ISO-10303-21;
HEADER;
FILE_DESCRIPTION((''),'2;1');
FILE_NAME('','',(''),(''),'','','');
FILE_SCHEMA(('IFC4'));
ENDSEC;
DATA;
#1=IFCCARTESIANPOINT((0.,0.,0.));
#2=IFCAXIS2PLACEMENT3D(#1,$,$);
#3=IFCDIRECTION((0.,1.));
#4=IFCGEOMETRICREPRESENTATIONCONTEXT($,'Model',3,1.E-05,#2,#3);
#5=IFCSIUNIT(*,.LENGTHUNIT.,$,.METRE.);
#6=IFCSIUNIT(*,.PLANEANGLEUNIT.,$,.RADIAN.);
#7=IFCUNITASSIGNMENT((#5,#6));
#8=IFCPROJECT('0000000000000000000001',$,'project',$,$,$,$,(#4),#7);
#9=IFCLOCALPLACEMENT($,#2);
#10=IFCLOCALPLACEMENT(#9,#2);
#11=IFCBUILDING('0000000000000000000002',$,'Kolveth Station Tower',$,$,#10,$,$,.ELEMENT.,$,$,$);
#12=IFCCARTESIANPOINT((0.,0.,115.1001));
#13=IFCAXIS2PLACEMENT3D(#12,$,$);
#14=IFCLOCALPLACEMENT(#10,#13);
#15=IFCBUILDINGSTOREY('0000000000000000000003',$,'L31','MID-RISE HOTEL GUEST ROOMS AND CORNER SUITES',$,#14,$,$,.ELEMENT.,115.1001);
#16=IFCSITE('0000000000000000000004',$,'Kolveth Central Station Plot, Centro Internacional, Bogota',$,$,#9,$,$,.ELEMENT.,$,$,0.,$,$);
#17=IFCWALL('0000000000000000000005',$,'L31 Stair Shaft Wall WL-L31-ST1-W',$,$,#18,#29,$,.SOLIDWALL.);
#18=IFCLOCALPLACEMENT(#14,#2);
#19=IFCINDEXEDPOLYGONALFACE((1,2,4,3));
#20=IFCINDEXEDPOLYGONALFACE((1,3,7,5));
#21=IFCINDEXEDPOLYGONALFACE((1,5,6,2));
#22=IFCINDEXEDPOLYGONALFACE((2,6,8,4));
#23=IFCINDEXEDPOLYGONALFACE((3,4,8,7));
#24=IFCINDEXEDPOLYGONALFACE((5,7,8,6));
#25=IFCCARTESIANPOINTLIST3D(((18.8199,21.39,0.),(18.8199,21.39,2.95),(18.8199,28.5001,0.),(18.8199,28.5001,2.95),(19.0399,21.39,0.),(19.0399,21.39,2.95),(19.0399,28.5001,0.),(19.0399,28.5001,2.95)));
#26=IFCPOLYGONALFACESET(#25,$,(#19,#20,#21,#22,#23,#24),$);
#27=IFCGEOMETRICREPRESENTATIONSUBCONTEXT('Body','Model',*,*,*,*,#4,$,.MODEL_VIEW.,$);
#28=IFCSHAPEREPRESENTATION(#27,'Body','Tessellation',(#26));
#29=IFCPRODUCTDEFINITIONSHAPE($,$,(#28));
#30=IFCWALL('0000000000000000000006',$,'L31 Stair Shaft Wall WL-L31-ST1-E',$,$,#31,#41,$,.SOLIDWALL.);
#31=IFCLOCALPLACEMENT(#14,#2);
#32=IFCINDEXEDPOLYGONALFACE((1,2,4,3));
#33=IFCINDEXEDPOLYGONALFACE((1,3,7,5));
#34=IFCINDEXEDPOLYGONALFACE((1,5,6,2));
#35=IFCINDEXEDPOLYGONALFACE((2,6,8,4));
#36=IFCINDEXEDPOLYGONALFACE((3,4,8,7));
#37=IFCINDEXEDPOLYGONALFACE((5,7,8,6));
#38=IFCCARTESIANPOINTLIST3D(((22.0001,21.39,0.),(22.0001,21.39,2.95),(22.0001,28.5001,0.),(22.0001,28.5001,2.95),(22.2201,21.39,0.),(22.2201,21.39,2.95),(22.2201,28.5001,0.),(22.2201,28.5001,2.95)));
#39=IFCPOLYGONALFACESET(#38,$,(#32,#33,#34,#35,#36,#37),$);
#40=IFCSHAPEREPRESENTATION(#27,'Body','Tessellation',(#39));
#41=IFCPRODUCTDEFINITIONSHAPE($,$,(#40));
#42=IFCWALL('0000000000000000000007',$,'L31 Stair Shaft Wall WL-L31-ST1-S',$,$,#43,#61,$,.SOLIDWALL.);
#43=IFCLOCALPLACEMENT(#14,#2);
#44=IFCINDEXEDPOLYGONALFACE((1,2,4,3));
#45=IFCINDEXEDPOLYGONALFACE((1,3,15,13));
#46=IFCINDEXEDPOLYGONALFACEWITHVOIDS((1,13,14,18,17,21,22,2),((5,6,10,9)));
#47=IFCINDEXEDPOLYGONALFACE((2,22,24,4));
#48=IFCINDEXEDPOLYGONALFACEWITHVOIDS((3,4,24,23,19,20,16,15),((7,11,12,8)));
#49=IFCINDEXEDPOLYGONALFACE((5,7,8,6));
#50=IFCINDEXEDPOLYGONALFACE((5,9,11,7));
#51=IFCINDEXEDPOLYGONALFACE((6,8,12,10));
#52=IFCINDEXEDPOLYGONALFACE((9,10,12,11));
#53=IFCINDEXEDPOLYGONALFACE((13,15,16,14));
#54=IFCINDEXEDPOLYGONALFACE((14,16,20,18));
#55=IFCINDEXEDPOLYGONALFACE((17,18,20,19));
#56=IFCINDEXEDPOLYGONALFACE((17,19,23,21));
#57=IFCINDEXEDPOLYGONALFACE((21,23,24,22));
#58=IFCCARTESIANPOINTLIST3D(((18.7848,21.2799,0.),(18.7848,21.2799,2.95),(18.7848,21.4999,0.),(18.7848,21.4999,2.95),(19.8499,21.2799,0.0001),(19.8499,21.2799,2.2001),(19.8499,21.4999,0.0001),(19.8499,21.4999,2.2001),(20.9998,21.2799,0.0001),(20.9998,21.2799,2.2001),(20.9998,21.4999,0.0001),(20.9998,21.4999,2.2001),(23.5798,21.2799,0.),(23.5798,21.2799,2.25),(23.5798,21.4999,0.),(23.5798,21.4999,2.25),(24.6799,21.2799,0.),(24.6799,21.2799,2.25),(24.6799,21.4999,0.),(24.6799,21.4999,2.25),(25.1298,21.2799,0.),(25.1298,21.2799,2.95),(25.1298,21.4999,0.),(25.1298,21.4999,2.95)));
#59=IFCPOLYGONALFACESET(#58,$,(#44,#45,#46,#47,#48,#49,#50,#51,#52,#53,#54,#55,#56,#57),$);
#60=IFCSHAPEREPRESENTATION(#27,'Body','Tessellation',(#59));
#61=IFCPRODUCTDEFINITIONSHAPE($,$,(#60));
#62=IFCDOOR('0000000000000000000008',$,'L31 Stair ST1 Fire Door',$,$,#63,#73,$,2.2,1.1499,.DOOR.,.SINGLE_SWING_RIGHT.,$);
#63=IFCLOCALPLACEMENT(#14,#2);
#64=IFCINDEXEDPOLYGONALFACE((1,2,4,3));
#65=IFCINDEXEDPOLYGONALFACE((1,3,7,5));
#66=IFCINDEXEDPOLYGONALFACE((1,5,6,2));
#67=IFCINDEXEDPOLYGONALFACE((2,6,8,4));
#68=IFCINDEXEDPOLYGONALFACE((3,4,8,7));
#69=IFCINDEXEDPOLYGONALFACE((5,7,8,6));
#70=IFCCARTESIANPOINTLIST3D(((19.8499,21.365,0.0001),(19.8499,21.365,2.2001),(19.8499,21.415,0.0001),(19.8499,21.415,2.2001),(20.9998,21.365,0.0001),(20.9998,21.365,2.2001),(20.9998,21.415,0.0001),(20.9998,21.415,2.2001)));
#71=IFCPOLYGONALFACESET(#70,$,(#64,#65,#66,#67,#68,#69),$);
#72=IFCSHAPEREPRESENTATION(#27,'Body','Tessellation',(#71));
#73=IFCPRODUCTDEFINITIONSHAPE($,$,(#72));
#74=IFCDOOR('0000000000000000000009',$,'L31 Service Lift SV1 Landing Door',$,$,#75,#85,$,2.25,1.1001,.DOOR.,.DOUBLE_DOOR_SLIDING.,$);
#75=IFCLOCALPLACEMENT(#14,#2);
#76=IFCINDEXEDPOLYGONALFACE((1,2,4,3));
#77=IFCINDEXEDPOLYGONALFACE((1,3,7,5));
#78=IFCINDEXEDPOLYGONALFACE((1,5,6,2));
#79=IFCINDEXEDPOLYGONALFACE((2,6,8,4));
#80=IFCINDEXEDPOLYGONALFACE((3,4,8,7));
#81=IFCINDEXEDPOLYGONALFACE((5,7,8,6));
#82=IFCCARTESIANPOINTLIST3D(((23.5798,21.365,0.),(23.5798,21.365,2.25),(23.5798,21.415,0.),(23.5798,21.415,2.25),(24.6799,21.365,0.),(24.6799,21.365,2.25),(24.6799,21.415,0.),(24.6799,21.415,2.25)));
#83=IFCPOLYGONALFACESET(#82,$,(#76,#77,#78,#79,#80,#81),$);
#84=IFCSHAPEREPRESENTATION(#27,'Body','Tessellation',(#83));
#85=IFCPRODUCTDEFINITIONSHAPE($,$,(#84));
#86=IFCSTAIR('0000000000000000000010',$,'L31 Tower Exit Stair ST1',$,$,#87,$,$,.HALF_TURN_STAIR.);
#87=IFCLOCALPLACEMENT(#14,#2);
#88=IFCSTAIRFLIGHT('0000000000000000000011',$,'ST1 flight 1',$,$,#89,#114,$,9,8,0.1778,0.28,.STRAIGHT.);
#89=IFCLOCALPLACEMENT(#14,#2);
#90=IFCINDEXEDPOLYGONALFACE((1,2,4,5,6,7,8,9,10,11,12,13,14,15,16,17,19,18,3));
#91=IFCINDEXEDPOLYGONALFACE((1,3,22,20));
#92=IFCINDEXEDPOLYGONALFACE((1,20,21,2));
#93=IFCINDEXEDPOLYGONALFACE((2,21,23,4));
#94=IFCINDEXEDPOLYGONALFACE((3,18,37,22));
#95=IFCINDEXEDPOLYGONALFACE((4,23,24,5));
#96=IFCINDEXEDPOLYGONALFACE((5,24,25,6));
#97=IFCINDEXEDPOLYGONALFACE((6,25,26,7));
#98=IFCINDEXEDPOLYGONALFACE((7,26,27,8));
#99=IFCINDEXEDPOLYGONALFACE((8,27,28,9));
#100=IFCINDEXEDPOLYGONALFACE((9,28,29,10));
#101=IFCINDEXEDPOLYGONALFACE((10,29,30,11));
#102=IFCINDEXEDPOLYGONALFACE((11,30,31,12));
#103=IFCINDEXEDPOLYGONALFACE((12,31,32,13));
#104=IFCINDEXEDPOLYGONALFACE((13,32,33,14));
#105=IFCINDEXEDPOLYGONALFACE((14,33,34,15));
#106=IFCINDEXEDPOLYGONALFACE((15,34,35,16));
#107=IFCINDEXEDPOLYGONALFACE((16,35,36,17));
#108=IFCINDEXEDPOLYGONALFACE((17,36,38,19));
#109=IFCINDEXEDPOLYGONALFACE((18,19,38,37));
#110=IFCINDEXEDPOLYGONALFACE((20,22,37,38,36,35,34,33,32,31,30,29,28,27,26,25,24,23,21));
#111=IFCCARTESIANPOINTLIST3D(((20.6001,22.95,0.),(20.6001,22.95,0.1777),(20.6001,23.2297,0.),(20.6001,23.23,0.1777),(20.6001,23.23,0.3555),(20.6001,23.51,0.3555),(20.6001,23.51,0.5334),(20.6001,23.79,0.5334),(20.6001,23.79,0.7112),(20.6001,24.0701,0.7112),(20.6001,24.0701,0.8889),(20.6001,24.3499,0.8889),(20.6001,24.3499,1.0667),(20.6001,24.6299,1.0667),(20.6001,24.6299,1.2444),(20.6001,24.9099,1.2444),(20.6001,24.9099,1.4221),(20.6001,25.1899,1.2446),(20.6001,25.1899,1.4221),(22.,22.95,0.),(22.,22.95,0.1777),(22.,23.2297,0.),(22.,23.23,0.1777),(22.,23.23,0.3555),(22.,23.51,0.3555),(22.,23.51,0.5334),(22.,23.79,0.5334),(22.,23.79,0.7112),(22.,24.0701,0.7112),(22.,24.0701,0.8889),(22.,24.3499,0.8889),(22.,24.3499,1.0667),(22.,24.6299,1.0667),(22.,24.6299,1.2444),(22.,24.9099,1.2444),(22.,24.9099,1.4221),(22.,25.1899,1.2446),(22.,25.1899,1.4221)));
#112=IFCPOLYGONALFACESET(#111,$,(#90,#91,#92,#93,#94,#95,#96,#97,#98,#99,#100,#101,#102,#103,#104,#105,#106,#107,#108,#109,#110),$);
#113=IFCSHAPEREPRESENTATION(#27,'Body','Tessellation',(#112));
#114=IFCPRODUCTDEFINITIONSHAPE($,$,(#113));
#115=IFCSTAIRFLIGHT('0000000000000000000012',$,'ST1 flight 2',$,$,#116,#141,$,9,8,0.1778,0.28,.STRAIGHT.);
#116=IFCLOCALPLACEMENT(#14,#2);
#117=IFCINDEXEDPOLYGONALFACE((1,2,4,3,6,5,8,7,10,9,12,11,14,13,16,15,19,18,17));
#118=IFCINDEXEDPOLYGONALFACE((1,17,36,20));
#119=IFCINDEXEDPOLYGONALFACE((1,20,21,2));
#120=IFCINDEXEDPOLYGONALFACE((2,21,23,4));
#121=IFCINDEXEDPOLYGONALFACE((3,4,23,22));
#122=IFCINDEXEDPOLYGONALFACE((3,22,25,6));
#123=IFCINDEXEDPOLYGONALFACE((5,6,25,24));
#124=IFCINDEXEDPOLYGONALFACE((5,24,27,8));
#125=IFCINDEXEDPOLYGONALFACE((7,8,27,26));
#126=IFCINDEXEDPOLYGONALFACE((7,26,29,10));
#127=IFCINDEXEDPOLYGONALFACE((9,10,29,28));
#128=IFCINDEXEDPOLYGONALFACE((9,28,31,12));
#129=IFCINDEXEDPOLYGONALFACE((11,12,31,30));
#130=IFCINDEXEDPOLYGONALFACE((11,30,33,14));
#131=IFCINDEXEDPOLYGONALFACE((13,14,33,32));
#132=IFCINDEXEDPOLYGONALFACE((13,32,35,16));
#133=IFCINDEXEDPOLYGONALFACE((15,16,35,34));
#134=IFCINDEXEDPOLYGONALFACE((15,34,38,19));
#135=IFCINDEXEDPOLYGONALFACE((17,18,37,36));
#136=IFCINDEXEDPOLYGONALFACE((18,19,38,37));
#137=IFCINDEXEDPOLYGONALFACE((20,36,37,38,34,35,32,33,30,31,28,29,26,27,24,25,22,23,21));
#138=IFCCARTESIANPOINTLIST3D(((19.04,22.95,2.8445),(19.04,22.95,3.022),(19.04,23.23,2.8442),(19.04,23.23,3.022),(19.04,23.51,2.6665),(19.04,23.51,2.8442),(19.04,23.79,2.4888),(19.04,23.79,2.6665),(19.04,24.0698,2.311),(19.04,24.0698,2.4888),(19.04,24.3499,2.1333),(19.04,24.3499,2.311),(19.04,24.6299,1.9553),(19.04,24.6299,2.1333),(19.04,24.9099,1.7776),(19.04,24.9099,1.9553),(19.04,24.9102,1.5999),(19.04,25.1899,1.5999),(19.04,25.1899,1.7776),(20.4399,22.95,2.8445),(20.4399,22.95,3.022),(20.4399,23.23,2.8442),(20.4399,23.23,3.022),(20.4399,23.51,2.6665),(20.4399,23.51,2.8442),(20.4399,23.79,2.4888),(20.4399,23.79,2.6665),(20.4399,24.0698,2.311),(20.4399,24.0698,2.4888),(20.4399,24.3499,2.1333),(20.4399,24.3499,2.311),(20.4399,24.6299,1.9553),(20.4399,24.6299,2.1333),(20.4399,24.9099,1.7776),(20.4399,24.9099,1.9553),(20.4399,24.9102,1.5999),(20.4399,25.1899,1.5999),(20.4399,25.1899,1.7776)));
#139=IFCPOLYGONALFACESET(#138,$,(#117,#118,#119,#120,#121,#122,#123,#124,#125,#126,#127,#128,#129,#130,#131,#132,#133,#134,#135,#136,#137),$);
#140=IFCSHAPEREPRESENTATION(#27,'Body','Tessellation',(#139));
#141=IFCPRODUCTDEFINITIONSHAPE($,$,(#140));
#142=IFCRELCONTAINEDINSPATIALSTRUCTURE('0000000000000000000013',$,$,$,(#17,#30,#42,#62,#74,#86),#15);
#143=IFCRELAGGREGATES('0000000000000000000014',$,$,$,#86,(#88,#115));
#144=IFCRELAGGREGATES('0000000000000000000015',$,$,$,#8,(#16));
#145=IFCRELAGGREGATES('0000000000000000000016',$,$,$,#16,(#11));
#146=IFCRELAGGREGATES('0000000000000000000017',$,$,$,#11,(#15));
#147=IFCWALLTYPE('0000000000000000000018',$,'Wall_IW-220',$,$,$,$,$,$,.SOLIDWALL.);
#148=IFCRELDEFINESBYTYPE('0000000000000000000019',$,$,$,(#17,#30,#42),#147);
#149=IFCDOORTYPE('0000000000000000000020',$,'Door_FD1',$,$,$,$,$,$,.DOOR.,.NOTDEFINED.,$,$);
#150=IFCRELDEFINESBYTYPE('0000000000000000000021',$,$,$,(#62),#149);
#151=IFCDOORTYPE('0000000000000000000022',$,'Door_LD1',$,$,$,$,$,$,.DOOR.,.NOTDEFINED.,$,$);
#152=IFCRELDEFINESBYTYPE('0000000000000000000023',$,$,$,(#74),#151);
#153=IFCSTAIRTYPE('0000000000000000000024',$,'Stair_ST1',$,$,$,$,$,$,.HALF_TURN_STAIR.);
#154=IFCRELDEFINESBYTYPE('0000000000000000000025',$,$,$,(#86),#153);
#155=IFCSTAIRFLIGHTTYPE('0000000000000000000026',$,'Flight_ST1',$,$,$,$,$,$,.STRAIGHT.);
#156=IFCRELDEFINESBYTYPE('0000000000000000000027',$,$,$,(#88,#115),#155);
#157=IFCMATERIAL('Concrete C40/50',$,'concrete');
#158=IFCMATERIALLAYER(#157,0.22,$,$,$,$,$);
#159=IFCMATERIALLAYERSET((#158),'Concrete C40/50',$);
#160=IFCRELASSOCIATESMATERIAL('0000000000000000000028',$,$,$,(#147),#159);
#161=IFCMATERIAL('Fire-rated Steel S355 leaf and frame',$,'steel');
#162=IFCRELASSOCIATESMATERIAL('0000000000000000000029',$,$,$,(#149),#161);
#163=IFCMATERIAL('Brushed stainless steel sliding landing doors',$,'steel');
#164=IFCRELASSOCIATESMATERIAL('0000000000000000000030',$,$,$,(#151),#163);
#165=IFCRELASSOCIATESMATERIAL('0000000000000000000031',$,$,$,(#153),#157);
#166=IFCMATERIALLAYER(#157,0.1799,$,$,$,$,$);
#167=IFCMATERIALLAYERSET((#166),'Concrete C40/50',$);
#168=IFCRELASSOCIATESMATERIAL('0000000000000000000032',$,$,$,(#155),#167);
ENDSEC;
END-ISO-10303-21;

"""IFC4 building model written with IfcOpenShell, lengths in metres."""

from ifc_helpers import new_model, si_unit, direction, frame, frame_2d, origin, place, context, subcontext, project, spatial, polyline, rectangle, outline, extrude, material, layer, layer_set, type_object, element, fill, aggregate, save


model = new_model("IFC4")

# Units and contexts
model_context = context("Model", 3, precision=1e-05, world=origin(), true_north=direction((0.0, 1.0)))
body_context = subcontext(model_context, "Body", "Model", "MODEL_VIEW")
ifc_project = project(units=[si_unit("LENGTHUNIT", "METRE"), si_unit("PLANEANGLEUNIT", "RADIAN")], contexts=[model_context])

# Site, building, storey
site_placement = place(None, origin())
site = spatial("IfcSite", under=ifc_project, at=site_placement, Name="Kolveth Central Station Plot, Centro Internacional, Bogota", CompositionType="ELEMENT", RefElevation=0.0)
building_placement = place(site_placement, origin())
building = spatial("IfcBuilding", under=site, at=building_placement, Name="Kolveth Station Tower", CompositionType="ELEMENT")
storey_placement = place(building_placement, frame((0.0, 0.0, 115.1001)))
storey = spatial("IfcBuildingStorey", under=building, at=storey_placement, Name="L31", Description="MID-RISE HOTEL GUEST ROOMS AND CORNER SUITES", CompositionType="ELEMENT", Elevation=115.1001)

# Walls
ifc_material_1 = material(Name="Concrete C40/50", Category="concrete")
ifc_layer_1 = layer(ifc_material_1, 0.22)
ifc_layer_set_1 = layer_set([ifc_layer_1], Name="Concrete C40/50")
wall_type_1 = type_object("IfcWallType", Name="Wall_IW-220", PredefinedType="SOLIDWALL", material=ifc_layer_set_1)
for number, where, z_axis, x_axis, name in (
    (1, (18.9299, 21.3899, 0.0), (0.0, 0.0, 1.0), (0.0, 1.0, 0.0), "L31 Stair Shaft Wall WL-L31-ST1-W"),
    (2, (22.1101, 21.3899, 0.0), (0.0, 0.0, 1.0), (0.0, 1.0, 0.0), "L31 Stair Shaft Wall WL-L31-ST1-E"),
):
    element("IfcWall", number, at=place(storey_placement, frame(where, z_axis=z_axis, x_axis=x_axis)), inside=storey, type_object=wall_type_1, Name=name, PredefinedType="SOLIDWALL", context=body_context, shape_type="SweptSolid", body=[
        extrude(rectangle(XDim=7.1101, YDim=0.22, at=frame_2d((3.5552, 0.0))), origin(), (0.0, 0.0, 1.0), 2.95),
    ])

# Wall, openings, doors
wall_1_placement = place(storey_placement, frame((18.7849, 21.3899, 0.0), z_axis=(0.0, 0.0, 1.0), x_axis=(1.0, 0.0, 0.0)))
wall_1 = element("IfcWall", 3, at=wall_1_placement, inside=storey, type_object=wall_type_1, Name="L31 Stair Shaft Wall WL-L31-ST1-S", PredefinedType="SOLIDWALL", context=body_context, shape_type="SweptSolid", body=[
    extrude(rectangle(XDim=6.345, YDim=0.22, at=frame_2d((3.1724, 0.0))), origin(), (0.0, 0.0, 1.0), 2.95),
])
opening_1_placement = place(wall_1_placement, frame((1.0649, 0.0, 0.0)))
opening_1 = element("IfcOpeningElement", 4, at=opening_1_placement, cuts=wall_1, PredefinedType="OPENING", context=body_context, shape_type="SweptSolid", body=[
    extrude(rectangle(XDim=1.1499, YDim=2.2, at=frame_2d((0.575, 1.1001))), frame((0.0, 0.1199, 0.0), z_axis=(0.0, -1.0, 0.0), x_axis=(1.0, 0.0, 0.0)), (0.0, 0.0, 1.0), 0.24),
])
opening_2_placement = place(wall_1_placement, frame((4.7949, 0.0, 0.0)))
opening_2 = element("IfcOpeningElement", 5, at=opening_2_placement, cuts=wall_1, PredefinedType="OPENING", context=body_context, shape_type="SweptSolid", body=[
    extrude(rectangle(XDim=1.1001, YDim=2.25, at=frame_2d((0.55, 1.125))), frame((0.0, 0.1199, 0.0), z_axis=(0.0, -1.0, 0.0), x_axis=(1.0, 0.0, 0.0)), (0.0, 0.0, 1.0), 0.24),
])
ifc_material_2 = material(Name="Fire-rated Steel S355 leaf and frame", Category="steel")
door_type_1 = type_object("IfcDoorType", Name="Door_FD1", OperationType="NOTDEFINED", PredefinedType="DOOR", material=ifc_material_2)
door_1_placement = place(opening_1_placement, frame((1.1499, 0.0, 0.0), z_axis=(0.0, 0.0, 1.0), x_axis=(-1.0, 0.0, 0.0)))
door_1 = element("IfcDoor", 6, at=door_1_placement, inside=storey, type_object=door_type_1, Name="L31 Stair ST1 Fire Door", OperationType="SINGLE_SWING_RIGHT", OverallHeight=2.2, OverallWidth=1.1499, PredefinedType="DOOR", context=body_context, shape_type="SweptSolid", body=[
    extrude(rectangle(XDim=1.1499, YDim=2.2, at=frame_2d((0.575, 1.1001))), frame((0.0, 0.0249, 0.0), z_axis=(0.0, -1.0, 0.0), x_axis=(1.0, 0.0, 0.0)), (0.0, 0.0, 1.0), 0.05),
])
fill(opening_1, door_1)
ifc_material_3 = material(Name="Brushed stainless steel sliding landing doors", Category="steel")
door_type_2 = type_object("IfcDoorType", Name="Door_LD1", OperationType="NOTDEFINED", PredefinedType="DOOR", material=ifc_material_3)
door_2_placement = place(opening_2_placement, frame((1.1001, 0.0, 0.0), z_axis=(0.0, 0.0, 1.0), x_axis=(-1.0, 0.0, 0.0)))
door_2 = element("IfcDoor", 7, at=door_2_placement, inside=storey, type_object=door_type_2, Name="L31 Service Lift SV1 Landing Door", OperationType="DOUBLE_DOOR_SLIDING", OverallHeight=2.25, OverallWidth=1.1001, PredefinedType="DOOR", context=body_context, shape_type="SweptSolid", body=[
    extrude(rectangle(XDim=1.1001, YDim=2.25, at=frame_2d((0.55, 1.125))), frame((0.0, 0.0249, 0.0), z_axis=(0.0, -1.0, 0.0), x_axis=(1.0, 0.0, 0.0)), (0.0, 0.0, 1.0), 0.05),
])
fill(opening_2, door_2)

# Stair, stair flights
stair_type = type_object("IfcStairType", Name="Stair_ST1", PredefinedType="HALF_TURN_STAIR", material=ifc_material_1)
stair_placement = place(storey_placement, origin())
stair = element("IfcStair", 8, at=stair_placement, inside=storey, type_object=stair_type, Name="L31 Tower Exit Stair ST1", PredefinedType="HALF_TURN_STAIR")
ifc_layer_2 = layer(ifc_material_1, 0.1799)
ifc_layer_set_2 = layer_set([ifc_layer_2], Name="Concrete C40/50")
stair_flight_type = type_object("IfcStairFlightType", Name="Flight_ST1", PredefinedType="STRAIGHT", material=ifc_layer_set_2)
stair_flight_1_placement = place(storey_placement, frame((21.3, 22.95, 0.0), z_axis=(0.0, 0.0, 1.0), x_axis=(0.0, 1.0, 0.0)))
stair_flight_1 = element("IfcStairFlight", 9, at=stair_flight_1_placement, type_object=stair_flight_type, Name="ST1 flight 1", NumberOfRisers=9, NumberOfTreads=8, PredefinedType="STRAIGHT", RiserHeight=0.1778, TreadLength=0.28, context=body_context, shape_type="SweptSolid", body=[
    extrude(outline(polyline([(0.0, 0.0), (0.0, 0.1777), (0.28, 0.1777), (0.28, 0.3555), (0.5601, 0.3555), (0.5601, 0.5334), (0.8401, 0.5334), (0.8401, 0.7112), (1.1201, 0.7112), (1.1201, 0.8889), (1.3999, 0.8889), (1.3999, 1.0667), (1.6799, 1.0667), (1.6799, 1.2444), (1.96, 1.2444), (1.96, 1.4221), (2.24, 1.4221), (2.24, 1.6001), (2.24, 1.2446), (0.2798, 0.0), (0.0, 0.0)])), frame((0.0, 0.7, 0.0), z_axis=(0.0, -1.0, 0.0), x_axis=(1.0, 0.0, 0.0)), (0.0, 0.0, 1.0), 1.3999),
])
stair_flight_2_placement = place(storey_placement, frame((19.74, 25.1899, 1.5999), z_axis=(0.0, 0.0, 1.0), x_axis=(0.0, -1.0, 0.0)))
stair_flight_2 = element("IfcStairFlight", 10, at=stair_flight_2_placement, type_object=stair_flight_type, Name="ST1 flight 2", NumberOfRisers=9, NumberOfTreads=8, PredefinedType="STRAIGHT", RiserHeight=0.1778, TreadLength=0.28, context=body_context, shape_type="SweptSolid", body=[
    extrude(outline(polyline([(0.0, 0.0), (0.0, 0.1777), (0.28, 0.1777), (0.28, 0.3555), (0.5601, 0.3555), (0.5601, 0.5334), (0.8401, 0.5334), (0.8401, 0.7112), (1.1201, 0.7112), (1.1201, 0.8889), (1.3999, 0.8889), (1.3999, 1.0667), (1.6799, 1.0667), (1.6799, 1.2444), (1.96, 1.2444), (1.96, 1.4221), (2.24, 1.4221), (2.24, 1.6001), (2.24, 1.2446), (0.2798, 0.0), (0.0, 0.0)])), frame((0.0, 0.7, 0.0), z_axis=(0.0, -1.0, 0.0), x_axis=(1.0, 0.0, 0.0)), (0.0, 0.0, 1.0), 1.3999),
])
aggregate(stair, [stair_flight_1, stair_flight_2])

save(model, "model.ifc")
